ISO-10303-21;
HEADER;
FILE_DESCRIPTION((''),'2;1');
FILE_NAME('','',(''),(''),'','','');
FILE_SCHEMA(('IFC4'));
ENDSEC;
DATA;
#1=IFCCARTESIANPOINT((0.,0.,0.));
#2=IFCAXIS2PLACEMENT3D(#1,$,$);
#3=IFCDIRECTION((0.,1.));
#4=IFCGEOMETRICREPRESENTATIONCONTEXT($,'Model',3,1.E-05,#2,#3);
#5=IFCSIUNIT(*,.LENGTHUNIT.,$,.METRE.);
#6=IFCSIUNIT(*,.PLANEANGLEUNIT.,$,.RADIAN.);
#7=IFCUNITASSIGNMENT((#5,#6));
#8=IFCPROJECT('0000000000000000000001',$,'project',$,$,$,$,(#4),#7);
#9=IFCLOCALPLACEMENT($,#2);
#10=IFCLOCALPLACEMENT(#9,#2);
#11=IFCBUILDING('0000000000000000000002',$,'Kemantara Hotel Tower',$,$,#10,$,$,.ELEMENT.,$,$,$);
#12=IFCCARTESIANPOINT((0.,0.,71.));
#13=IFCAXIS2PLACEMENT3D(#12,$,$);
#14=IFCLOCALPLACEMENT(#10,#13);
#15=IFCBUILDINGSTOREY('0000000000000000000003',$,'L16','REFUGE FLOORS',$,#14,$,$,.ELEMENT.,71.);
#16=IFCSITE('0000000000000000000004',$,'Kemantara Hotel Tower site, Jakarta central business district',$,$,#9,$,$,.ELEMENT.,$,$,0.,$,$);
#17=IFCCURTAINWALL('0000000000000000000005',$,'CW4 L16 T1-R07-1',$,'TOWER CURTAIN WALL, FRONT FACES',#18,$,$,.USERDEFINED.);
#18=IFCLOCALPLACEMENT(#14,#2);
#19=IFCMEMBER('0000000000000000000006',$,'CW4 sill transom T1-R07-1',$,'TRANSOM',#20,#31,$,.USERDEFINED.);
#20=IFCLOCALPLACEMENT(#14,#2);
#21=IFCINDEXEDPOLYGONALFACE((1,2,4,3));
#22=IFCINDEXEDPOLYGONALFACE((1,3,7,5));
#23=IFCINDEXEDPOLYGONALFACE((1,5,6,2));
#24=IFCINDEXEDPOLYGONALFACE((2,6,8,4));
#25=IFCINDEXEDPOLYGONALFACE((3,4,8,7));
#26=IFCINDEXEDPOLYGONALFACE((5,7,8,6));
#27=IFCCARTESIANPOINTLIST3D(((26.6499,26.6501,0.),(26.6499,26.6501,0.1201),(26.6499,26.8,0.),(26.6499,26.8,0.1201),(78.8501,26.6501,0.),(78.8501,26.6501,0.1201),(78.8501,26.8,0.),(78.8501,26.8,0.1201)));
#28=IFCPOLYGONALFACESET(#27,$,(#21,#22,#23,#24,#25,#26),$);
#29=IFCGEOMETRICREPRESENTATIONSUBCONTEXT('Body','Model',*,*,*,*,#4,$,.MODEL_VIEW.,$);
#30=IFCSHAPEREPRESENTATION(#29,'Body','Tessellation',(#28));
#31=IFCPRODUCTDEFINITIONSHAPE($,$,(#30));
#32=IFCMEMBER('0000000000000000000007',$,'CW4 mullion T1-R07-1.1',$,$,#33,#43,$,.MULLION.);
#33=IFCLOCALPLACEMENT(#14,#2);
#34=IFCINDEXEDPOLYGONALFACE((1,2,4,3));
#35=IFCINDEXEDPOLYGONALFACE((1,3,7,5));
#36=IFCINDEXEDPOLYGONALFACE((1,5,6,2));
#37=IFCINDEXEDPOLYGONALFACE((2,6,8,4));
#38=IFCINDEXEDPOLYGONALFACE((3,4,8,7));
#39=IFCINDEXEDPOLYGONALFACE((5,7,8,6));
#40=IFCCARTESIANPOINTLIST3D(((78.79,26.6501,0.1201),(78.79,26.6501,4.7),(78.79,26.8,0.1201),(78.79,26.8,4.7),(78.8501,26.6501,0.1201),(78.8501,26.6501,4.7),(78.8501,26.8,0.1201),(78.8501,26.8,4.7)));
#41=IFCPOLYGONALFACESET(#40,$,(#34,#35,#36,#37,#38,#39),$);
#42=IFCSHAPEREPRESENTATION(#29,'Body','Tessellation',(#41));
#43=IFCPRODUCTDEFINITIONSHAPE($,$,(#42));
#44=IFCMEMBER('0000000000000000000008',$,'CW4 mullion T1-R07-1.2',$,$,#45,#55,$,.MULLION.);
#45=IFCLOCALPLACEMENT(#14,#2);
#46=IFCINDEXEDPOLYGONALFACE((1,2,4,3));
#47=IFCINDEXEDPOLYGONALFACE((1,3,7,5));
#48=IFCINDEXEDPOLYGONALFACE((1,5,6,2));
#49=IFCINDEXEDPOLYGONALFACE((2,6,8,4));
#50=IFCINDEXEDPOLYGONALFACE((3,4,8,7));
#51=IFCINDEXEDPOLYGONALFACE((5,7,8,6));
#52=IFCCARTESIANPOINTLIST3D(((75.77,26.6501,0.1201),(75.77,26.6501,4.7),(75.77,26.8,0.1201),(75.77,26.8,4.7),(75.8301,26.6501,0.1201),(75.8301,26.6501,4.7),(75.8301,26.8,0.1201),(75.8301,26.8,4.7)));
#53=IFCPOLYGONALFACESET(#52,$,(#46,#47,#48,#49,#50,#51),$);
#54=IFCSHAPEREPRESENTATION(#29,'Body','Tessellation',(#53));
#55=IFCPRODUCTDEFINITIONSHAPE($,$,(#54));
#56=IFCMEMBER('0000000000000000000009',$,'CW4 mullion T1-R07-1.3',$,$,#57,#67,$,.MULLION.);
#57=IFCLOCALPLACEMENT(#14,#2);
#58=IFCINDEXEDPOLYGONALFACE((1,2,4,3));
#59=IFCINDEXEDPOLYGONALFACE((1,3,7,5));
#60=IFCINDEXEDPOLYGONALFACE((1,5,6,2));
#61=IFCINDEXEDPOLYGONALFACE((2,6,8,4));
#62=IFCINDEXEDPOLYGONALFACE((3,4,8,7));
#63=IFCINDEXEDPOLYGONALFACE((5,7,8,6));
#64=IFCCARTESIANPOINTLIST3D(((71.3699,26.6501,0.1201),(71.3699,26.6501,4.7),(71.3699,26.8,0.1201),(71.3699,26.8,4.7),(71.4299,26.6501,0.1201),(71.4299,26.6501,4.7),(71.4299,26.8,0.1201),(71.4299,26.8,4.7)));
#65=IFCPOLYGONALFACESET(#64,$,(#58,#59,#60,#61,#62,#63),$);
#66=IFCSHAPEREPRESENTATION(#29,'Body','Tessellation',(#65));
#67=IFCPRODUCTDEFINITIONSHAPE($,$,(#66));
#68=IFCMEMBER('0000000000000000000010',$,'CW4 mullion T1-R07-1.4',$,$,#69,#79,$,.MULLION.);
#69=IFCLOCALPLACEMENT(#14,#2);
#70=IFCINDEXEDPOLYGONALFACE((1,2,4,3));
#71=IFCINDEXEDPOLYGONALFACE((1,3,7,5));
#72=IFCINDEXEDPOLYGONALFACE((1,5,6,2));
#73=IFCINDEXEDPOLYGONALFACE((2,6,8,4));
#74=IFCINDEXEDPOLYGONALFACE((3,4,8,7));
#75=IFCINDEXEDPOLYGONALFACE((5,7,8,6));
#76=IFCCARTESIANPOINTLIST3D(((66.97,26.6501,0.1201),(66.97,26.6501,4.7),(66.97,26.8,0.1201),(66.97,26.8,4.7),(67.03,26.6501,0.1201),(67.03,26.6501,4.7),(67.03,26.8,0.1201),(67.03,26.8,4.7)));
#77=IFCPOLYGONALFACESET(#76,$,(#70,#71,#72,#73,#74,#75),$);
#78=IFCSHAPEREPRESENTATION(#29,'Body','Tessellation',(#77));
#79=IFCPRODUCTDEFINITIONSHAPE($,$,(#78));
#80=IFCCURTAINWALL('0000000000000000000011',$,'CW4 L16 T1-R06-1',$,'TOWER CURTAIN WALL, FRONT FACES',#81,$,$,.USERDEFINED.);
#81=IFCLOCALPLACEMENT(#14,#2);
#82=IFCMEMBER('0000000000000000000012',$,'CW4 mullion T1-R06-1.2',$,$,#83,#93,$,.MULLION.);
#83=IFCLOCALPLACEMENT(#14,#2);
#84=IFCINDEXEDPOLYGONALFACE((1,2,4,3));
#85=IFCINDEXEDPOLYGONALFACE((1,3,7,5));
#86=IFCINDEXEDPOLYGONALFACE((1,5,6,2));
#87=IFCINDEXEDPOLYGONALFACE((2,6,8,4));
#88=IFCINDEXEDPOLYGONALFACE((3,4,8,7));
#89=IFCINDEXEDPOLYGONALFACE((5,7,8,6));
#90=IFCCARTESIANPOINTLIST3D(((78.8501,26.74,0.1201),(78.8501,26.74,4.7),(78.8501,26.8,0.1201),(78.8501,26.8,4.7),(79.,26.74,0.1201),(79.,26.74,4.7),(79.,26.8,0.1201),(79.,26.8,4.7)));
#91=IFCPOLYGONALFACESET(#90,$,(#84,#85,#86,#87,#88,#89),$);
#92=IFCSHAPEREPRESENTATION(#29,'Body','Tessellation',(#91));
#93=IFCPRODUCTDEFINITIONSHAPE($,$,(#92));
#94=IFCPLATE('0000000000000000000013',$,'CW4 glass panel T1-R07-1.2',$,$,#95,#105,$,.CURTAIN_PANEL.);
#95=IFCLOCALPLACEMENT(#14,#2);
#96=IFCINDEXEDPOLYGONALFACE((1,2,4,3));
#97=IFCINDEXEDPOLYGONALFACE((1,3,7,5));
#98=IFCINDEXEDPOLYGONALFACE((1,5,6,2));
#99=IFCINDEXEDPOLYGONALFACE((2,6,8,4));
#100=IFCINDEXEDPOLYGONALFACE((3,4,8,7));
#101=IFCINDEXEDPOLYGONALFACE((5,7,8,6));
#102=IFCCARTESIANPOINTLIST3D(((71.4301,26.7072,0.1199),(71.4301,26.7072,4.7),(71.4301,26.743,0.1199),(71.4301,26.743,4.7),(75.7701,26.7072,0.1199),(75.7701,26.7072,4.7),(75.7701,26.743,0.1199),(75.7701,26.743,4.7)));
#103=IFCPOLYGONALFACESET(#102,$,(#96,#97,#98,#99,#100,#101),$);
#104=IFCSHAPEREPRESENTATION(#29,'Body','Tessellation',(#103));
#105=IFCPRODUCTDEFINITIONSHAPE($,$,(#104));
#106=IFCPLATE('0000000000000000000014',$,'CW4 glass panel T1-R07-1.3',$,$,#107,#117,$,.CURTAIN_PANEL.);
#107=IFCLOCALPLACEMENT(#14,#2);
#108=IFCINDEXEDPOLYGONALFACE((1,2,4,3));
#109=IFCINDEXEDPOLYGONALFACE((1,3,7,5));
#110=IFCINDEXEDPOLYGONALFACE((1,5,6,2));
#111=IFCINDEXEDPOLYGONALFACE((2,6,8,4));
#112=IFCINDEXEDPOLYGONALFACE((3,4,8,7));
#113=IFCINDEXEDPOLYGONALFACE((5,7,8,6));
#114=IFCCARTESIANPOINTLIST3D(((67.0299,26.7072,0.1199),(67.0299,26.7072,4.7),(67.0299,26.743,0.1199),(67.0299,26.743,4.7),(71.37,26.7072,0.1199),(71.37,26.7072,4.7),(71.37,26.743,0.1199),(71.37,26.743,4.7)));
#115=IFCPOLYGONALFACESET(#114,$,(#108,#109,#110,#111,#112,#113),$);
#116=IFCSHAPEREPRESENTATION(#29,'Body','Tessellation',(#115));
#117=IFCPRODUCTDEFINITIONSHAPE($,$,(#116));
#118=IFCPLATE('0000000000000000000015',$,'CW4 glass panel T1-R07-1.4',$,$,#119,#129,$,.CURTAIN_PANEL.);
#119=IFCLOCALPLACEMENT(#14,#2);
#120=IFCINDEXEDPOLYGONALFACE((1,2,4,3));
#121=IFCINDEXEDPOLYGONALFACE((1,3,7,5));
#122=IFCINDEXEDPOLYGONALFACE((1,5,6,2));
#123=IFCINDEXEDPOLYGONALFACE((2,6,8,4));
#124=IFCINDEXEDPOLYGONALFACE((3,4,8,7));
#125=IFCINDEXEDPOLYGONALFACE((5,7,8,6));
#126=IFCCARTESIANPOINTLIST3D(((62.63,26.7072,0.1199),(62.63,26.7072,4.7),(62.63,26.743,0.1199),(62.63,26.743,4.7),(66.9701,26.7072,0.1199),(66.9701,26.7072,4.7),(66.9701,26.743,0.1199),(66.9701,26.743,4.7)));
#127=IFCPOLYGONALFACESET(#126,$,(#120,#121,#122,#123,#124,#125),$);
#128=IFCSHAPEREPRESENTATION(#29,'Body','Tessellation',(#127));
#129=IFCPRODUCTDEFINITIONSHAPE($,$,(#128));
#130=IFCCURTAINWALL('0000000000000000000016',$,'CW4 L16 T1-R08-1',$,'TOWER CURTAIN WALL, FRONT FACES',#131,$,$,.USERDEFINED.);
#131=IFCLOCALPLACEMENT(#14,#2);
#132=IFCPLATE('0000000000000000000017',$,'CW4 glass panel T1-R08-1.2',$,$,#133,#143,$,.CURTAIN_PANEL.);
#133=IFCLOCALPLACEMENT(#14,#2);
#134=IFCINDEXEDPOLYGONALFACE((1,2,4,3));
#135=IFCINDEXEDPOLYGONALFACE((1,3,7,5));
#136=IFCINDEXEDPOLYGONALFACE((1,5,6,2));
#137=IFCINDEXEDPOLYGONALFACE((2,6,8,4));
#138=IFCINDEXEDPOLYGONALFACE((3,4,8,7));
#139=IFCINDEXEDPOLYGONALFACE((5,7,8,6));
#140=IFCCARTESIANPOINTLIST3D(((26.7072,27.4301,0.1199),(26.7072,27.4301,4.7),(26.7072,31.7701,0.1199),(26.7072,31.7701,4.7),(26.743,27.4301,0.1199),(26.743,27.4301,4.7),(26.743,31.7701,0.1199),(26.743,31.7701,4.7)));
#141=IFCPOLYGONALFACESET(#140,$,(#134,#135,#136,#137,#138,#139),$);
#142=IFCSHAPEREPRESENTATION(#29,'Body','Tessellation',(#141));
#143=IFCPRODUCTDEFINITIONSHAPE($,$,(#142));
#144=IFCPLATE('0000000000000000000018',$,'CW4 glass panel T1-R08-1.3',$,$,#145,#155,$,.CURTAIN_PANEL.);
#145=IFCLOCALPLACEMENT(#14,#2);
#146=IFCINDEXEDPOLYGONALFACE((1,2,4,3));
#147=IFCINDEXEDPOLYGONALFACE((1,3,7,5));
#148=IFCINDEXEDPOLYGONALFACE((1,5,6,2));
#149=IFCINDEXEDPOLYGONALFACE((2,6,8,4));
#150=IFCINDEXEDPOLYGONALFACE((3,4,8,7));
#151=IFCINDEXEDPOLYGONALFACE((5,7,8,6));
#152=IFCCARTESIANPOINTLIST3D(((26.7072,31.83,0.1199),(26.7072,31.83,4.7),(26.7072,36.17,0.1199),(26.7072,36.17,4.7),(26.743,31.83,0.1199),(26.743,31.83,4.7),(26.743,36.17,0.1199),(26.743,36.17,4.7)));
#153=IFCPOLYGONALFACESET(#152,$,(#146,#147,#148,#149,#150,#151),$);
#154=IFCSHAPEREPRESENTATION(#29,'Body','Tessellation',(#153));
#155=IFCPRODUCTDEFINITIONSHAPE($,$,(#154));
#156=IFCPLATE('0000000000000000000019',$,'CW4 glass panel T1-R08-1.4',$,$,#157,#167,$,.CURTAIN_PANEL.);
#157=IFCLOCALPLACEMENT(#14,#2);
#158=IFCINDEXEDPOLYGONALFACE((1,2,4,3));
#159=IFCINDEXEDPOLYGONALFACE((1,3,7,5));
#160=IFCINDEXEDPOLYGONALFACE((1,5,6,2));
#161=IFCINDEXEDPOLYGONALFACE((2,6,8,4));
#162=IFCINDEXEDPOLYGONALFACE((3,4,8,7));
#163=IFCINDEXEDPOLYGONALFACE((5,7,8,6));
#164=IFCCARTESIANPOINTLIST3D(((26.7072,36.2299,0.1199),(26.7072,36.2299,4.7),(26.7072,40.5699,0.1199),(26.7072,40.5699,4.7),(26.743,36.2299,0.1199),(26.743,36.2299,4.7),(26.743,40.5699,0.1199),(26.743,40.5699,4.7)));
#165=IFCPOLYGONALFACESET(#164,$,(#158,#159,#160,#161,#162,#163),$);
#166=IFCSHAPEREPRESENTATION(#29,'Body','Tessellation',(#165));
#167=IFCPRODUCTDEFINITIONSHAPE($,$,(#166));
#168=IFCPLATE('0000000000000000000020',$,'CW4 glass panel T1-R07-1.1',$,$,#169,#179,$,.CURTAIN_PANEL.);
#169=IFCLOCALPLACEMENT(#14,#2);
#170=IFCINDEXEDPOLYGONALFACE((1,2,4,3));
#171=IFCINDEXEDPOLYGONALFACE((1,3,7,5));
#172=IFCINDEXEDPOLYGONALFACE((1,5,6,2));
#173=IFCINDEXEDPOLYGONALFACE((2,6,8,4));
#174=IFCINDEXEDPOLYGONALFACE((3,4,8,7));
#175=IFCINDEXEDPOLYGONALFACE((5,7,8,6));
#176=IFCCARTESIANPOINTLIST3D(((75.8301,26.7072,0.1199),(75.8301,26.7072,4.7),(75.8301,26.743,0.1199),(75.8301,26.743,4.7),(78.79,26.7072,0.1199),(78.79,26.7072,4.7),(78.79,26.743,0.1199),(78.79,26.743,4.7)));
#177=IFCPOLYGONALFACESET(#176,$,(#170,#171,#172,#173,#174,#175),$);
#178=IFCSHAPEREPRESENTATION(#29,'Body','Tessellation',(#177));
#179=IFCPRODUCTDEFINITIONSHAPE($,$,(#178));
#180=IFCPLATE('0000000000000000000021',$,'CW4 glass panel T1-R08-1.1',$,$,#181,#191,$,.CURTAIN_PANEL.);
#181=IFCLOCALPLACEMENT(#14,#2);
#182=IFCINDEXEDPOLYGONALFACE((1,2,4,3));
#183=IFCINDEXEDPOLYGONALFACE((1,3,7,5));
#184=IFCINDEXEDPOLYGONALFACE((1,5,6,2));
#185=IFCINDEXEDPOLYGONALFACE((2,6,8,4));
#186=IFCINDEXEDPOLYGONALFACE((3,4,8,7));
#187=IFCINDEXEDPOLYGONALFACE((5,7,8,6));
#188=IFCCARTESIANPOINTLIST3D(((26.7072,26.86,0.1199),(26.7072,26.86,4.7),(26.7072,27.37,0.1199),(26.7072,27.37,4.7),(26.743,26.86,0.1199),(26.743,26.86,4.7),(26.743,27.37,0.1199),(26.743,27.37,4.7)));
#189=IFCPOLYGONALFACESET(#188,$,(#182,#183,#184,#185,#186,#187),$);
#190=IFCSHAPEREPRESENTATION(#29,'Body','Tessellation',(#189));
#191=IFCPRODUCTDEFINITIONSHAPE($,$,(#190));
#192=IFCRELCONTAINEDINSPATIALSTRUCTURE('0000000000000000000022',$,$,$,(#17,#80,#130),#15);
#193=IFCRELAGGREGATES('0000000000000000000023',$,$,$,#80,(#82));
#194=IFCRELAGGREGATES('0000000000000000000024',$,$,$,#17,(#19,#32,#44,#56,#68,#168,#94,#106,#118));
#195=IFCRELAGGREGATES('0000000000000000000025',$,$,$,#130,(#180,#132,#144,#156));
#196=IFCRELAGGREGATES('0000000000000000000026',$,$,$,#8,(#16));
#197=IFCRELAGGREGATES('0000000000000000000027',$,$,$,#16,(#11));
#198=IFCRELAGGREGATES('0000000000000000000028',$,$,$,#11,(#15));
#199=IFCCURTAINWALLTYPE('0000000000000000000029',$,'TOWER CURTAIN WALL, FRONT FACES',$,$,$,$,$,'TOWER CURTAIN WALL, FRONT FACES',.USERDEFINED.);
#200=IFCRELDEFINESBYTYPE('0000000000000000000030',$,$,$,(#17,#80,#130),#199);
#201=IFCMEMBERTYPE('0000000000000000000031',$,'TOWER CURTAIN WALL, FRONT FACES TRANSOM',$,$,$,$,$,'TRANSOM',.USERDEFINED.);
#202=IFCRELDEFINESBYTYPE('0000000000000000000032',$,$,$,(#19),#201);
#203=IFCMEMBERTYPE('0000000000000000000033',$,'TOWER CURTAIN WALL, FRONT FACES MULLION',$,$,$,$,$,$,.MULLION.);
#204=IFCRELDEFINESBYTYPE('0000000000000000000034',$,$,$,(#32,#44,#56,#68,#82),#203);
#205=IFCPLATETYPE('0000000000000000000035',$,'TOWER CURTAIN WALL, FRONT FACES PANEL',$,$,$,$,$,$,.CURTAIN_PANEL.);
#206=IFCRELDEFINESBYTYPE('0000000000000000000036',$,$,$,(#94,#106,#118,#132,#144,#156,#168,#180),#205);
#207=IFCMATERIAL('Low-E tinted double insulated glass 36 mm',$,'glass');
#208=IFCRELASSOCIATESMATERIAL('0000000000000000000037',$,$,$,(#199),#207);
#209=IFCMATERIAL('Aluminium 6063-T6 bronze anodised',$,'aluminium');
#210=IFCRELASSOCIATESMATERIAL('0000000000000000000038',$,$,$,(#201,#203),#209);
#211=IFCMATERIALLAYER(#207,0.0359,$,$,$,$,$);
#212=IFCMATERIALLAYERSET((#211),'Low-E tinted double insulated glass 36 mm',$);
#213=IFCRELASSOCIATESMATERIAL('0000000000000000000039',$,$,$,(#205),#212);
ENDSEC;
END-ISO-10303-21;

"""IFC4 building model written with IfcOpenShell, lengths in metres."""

from ifc_helpers import new_model, si_unit, direction, frame, origin, origin_2d, place, context, subcontext, project, spatial, rectangle, extrude, source, transform, mapped, material, layer, layer_set, material_profile, profile_set, type_object, element, aggregate, save


model = new_model("IFC4")

# Units and contexts
model_context = context("Model", 3, precision=1e-05, world=origin(), true_north=direction((0.0, 1.0)))
body_context = subcontext(model_context, "Body", "Model", "MODEL_VIEW")
ifc_project = project(units=[si_unit("LENGTHUNIT", "METRE"), si_unit("PLANEANGLEUNIT", "RADIAN")], contexts=[model_context])

# Site, building, storey
site_placement = place(None, origin())
site = spatial("IfcSite", under=ifc_project, at=site_placement, Name="Kemantara Hotel Tower site, Jakarta central business district", CompositionType="ELEMENT", RefElevation=0.0)
building_placement = place(site_placement, origin())
building = spatial("IfcBuilding", under=site, at=building_placement, Name="Kemantara Hotel Tower", CompositionType="ELEMENT")
storey_placement = place(building_placement, frame((0.0, 0.0, 71.0)))
storey = spatial("IfcBuildingStorey", under=building, at=storey_placement, Name="L16", Description="REFUGE FLOORS", CompositionType="ELEMENT", Elevation=71.0)

# Curtain wall, members
ifc_material_1 = material(Name="Low-E tinted double insulated glass 36 mm", Category="glass")
curtain_wall_type = type_object("IfcCurtainWallType", Name="TOWER CURTAIN WALL, FRONT FACES", ElementType="TOWER CURTAIN WALL, FRONT FACES", PredefinedType="USERDEFINED", material=ifc_material_1)
curtain_wall_1_placement = place(storey_placement, origin())
curtain_wall_1 = element("IfcCurtainWall", 1, at=curtain_wall_1_placement, inside=storey, type_object=curtain_wall_type, Name="CW4 L16 T1-R07-1", ObjectType="TOWER CURTAIN WALL, FRONT FACES", PredefinedType="USERDEFINED")
ifc_material_2 = material(Name="Aluminium 6063-T6 bronze anodised", Category="aluminium")
ifc_material_profile_1 = material_profile(ifc_material_2, rectangle(XDim=0.1499, YDim=0.1201, at=origin_2d()), Name="TOWER CURTAIN WALL, FRONT FACES TRANSOM")
ifc_profile_set_1 = profile_set([ifc_material_profile_1], Name="Aluminium 6063-T6 bronze anodised")
member_type_1 = type_object("IfcMemberType", Name="TOWER CURTAIN WALL, FRONT FACES TRANSOM", ElementType="TRANSOM", PredefinedType="USERDEFINED", material=ifc_profile_set_1)
member_1_placement = place(storey_placement, frame((78.8501, 26.7251, 0.0601), z_axis=(-1.0, 0.0, 0.0), x_axis=(0.0, -1.0, 0.0)))
member_1 = element("IfcMember", 2, at=member_1_placement, type_object=member_type_1, Name="CW4 sill transom T1-R07-1", ObjectType="TRANSOM", PredefinedType="USERDEFINED", context=body_context, shape_type="SweptSolid", body=[
    extrude(rectangle(XDim=0.1499, YDim=0.1201, at=origin_2d()), origin(), (0.0, 0.0, 1.0), 52.2002),
])
ifc_material_profile_2 = material_profile(ifc_material_2, rectangle(XDim=0.1499, YDim=0.0601, at=origin_2d()), Name="TOWER CURTAIN WALL, FRONT FACES MULLION")
ifc_profile_set_2 = profile_set([ifc_material_profile_2], Name="Aluminium 6063-T6 bronze anodised")
member_type_2 = type_object("IfcMemberType", Name="TOWER CURTAIN WALL, FRONT FACES MULLION", PredefinedType="MULLION", material=ifc_profile_set_2)
shared_shape_1 = source(origin(), body_context, "Body", "SweptSolid", [
    extrude(rectangle(XDim=0.1499, YDim=0.0601, at=origin_2d()), origin(), (0.0, 0.0, 1.0), 4.5798),
])
member_2_placement = place(storey_placement, frame((78.8201, 26.7251, 0.1201), z_axis=(0.0, 0.0, 1.0), x_axis=(0.0, -1.0, 0.0)))
member_2 = element("IfcMember", 3, at=member_2_placement, type_object=member_type_2, Name="CW4 mullion T1-R07-1.1", PredefinedType="MULLION", context=body_context, shape_type="MappedRepresentation", body=[
    mapped(shared_shape_1, transform((0.0, 0.0, 0.0))),
])
member_3_placement = place(storey_placement, frame((75.8, 26.7251, 0.1201), z_axis=(0.0, 0.0, 1.0), x_axis=(0.0, -1.0, 0.0)))
member_3 = element("IfcMember", 4, at=member_3_placement, type_object=member_type_2, Name="CW4 mullion T1-R07-1.2", PredefinedType="MULLION", context=body_context, shape_type="MappedRepresentation", body=[
    mapped(shared_shape_1, transform((0.0, 0.0, 0.0))),
])
member_4_placement = place(storey_placement, frame((71.3999, 26.7251, 0.1201), z_axis=(0.0, 0.0, 1.0), x_axis=(0.0, -1.0, 0.0)))
member_4 = element("IfcMember", 5, at=member_4_placement, type_object=member_type_2, Name="CW4 mullion T1-R07-1.3", PredefinedType="MULLION", context=body_context, shape_type="MappedRepresentation", body=[
    mapped(shared_shape_1, transform((0.0, 0.0, 0.0))),
])
member_5_placement = place(storey_placement, frame((67.0, 26.7251, 0.1201), z_axis=(0.0, 0.0, 1.0), x_axis=(0.0, -1.0, 0.0)))
member_5 = element("IfcMember", 6, at=member_5_placement, type_object=member_type_2, Name="CW4 mullion T1-R07-1.4", PredefinedType="MULLION", context=body_context, shape_type="MappedRepresentation", body=[
    mapped(shared_shape_1, transform((0.0, 0.0, 0.0))),
])

# Curtain wall, member
curtain_wall_2_placement = place(storey_placement, origin())
curtain_wall_2 = element("IfcCurtainWall", 7, at=curtain_wall_2_placement, inside=storey, type_object=curtain_wall_type, Name="CW4 L16 T1-R06-1", ObjectType="TOWER CURTAIN WALL, FRONT FACES", PredefinedType="USERDEFINED")
member_6_placement = place(storey_placement, frame((78.925, 26.77, 0.1201), z_axis=(0.0, 0.0, 1.0), x_axis=(-1.0, 0.0, 0.0)))
member_6 = element("IfcMember", 8, at=member_6_placement, type_object=member_type_2, Name="CW4 mullion T1-R06-1.2", PredefinedType="MULLION", context=body_context, shape_type="MappedRepresentation", body=[
    mapped(shared_shape_1, transform((0.0, 0.0, 0.0))),
])
aggregate(curtain_wall_2, [member_6])

# Plates
ifc_layer_1 = layer(ifc_material_1, 0.0359)
ifc_layer_set_1 = layer_set([ifc_layer_1], Name="Low-E tinted double insulated glass 36 mm")
plate_type = type_object("IfcPlateType", Name="TOWER CURTAIN WALL, FRONT FACES PANEL", PredefinedType="CURTAIN_PANEL", material=ifc_layer_set_1)
shared_shape_2 = source(origin(), body_context, "Body", "SweptSolid", [
    extrude(rectangle(XDim=4.3401, YDim=0.0359, at=origin_2d()), origin(), (0.0, 0.0, 1.0), 4.5801),
])
plate_1_placement = place(storey_placement, frame((73.6001, 26.7251, 0.1199), z_axis=(0.0, 0.0, 1.0), x_axis=(-1.0, 0.0, 0.0)))
plate_1 = element("IfcPlate", 9, at=plate_1_placement, type_object=plate_type, Name="CW4 glass panel T1-R07-1.2", PredefinedType="CURTAIN_PANEL", context=body_context, shape_type="MappedRepresentation", body=[
    mapped(shared_shape_2, transform((0.0, 0.0, 0.0))),
])
plate_2_placement = place(storey_placement, frame((69.2, 26.7251, 0.1199), z_axis=(0.0, 0.0, 1.0), x_axis=(-1.0, 0.0, 0.0)))
plate_2 = element("IfcPlate", 10, at=plate_2_placement, type_object=plate_type, Name="CW4 glass panel T1-R07-1.3", PredefinedType="CURTAIN_PANEL", context=body_context, shape_type="MappedRepresentation", body=[
    mapped(shared_shape_2, transform((0.0, 0.0, 0.0))),
])
plate_3_placement = place(storey_placement, frame((64.8, 26.7251, 0.1199), z_axis=(0.0, 0.0, 1.0), x_axis=(-1.0, 0.0, 0.0)))
plate_3 = element("IfcPlate", 11, at=plate_3_placement, type_object=plate_type, Name="CW4 glass panel T1-R07-1.4", PredefinedType="CURTAIN_PANEL", context=body_context, shape_type="MappedRepresentation", body=[
    mapped(shared_shape_2, transform((0.0, 0.0, 0.0))),
])

# Curtain wall, plates
curtain_wall_3_placement = place(storey_placement, origin())
curtain_wall_3 = element("IfcCurtainWall", 12, at=curtain_wall_3_placement, inside=storey, type_object=curtain_wall_type, Name="CW4 L16 T1-R08-1", ObjectType="TOWER CURTAIN WALL, FRONT FACES", PredefinedType="USERDEFINED")
plate_4_placement = place(storey_placement, frame((26.7251, 29.6001, 0.1199), z_axis=(0.0, 0.0, 1.0), x_axis=(0.0, 1.0, 0.0)))
plate_4 = element("IfcPlate", 13, at=plate_4_placement, type_object=plate_type, Name="CW4 glass panel T1-R08-1.2", PredefinedType="CURTAIN_PANEL", context=body_context, shape_type="MappedRepresentation", body=[
    mapped(shared_shape_2, transform((0.0, 0.0, 0.0))),
])
plate_5_placement = place(storey_placement, frame((26.7251, 34.0, 0.1199), z_axis=(0.0, 0.0, 1.0), x_axis=(0.0, 1.0, 0.0)))
plate_5 = element("IfcPlate", 14, at=plate_5_placement, type_object=plate_type, Name="CW4 glass panel T1-R08-1.3", PredefinedType="CURTAIN_PANEL", context=body_context, shape_type="MappedRepresentation", body=[
    mapped(shared_shape_2, transform((0.0, 0.0, 0.0))),
])
plate_6_placement = place(storey_placement, frame((26.7251, 38.3999, 0.1199), z_axis=(0.0, 0.0, 1.0), x_axis=(0.0, 1.0, 0.0)))
plate_6 = element("IfcPlate", 15, at=plate_6_placement, type_object=plate_type, Name="CW4 glass panel T1-R08-1.4", PredefinedType="CURTAIN_PANEL", context=body_context, shape_type="MappedRepresentation", body=[
    mapped(shared_shape_2, transform((0.0, 0.0, 0.0))),
])

# Plates
shared_shape_3 = source(origin(), body_context, "Body", "SweptSolid", [
    extrude(rectangle(XDim=2.96, YDim=0.0359, at=origin_2d()), origin(), (0.0, 0.0, 1.0), 4.5801),
])
plate_7_placement = place(storey_placement, frame((77.3101, 26.7251, 0.1199), z_axis=(0.0, 0.0, 1.0), x_axis=(-1.0, 0.0, 0.0)))
plate_7 = element("IfcPlate", 16, at=plate_7_placement, type_object=plate_type, Name="CW4 glass panel T1-R07-1.1", PredefinedType="CURTAIN_PANEL", context=body_context, shape_type="MappedRepresentation", body=[
    mapped(shared_shape_3, transform((0.0, 0.0, 0.0))),
])
aggregate(curtain_wall_1, [member_1, member_2, member_3, member_4, member_5, plate_7, plate_1, plate_2, plate_3])
shared_shape_4 = source(origin(), body_context, "Body", "SweptSolid", [
    extrude(rectangle(XDim=0.51, YDim=0.0359, at=origin_2d()), origin(), (0.0, 0.0, 1.0), 4.5801),
])
plate_8_placement = place(storey_placement, frame((26.7251, 27.115, 0.1199), z_axis=(0.0, 0.0, 1.0), x_axis=(0.0, 1.0, 0.0)))
plate_8 = element("IfcPlate", 17, at=plate_8_placement, type_object=plate_type, Name="CW4 glass panel T1-R08-1.1", PredefinedType="CURTAIN_PANEL", context=body_context, shape_type="MappedRepresentation", body=[
    mapped(shared_shape_4, transform((0.0, 0.0, 0.0))),
])
aggregate(curtain_wall_3, [plate_8, plate_4, plate_5, plate_6])

save(model, "model.ifc")
